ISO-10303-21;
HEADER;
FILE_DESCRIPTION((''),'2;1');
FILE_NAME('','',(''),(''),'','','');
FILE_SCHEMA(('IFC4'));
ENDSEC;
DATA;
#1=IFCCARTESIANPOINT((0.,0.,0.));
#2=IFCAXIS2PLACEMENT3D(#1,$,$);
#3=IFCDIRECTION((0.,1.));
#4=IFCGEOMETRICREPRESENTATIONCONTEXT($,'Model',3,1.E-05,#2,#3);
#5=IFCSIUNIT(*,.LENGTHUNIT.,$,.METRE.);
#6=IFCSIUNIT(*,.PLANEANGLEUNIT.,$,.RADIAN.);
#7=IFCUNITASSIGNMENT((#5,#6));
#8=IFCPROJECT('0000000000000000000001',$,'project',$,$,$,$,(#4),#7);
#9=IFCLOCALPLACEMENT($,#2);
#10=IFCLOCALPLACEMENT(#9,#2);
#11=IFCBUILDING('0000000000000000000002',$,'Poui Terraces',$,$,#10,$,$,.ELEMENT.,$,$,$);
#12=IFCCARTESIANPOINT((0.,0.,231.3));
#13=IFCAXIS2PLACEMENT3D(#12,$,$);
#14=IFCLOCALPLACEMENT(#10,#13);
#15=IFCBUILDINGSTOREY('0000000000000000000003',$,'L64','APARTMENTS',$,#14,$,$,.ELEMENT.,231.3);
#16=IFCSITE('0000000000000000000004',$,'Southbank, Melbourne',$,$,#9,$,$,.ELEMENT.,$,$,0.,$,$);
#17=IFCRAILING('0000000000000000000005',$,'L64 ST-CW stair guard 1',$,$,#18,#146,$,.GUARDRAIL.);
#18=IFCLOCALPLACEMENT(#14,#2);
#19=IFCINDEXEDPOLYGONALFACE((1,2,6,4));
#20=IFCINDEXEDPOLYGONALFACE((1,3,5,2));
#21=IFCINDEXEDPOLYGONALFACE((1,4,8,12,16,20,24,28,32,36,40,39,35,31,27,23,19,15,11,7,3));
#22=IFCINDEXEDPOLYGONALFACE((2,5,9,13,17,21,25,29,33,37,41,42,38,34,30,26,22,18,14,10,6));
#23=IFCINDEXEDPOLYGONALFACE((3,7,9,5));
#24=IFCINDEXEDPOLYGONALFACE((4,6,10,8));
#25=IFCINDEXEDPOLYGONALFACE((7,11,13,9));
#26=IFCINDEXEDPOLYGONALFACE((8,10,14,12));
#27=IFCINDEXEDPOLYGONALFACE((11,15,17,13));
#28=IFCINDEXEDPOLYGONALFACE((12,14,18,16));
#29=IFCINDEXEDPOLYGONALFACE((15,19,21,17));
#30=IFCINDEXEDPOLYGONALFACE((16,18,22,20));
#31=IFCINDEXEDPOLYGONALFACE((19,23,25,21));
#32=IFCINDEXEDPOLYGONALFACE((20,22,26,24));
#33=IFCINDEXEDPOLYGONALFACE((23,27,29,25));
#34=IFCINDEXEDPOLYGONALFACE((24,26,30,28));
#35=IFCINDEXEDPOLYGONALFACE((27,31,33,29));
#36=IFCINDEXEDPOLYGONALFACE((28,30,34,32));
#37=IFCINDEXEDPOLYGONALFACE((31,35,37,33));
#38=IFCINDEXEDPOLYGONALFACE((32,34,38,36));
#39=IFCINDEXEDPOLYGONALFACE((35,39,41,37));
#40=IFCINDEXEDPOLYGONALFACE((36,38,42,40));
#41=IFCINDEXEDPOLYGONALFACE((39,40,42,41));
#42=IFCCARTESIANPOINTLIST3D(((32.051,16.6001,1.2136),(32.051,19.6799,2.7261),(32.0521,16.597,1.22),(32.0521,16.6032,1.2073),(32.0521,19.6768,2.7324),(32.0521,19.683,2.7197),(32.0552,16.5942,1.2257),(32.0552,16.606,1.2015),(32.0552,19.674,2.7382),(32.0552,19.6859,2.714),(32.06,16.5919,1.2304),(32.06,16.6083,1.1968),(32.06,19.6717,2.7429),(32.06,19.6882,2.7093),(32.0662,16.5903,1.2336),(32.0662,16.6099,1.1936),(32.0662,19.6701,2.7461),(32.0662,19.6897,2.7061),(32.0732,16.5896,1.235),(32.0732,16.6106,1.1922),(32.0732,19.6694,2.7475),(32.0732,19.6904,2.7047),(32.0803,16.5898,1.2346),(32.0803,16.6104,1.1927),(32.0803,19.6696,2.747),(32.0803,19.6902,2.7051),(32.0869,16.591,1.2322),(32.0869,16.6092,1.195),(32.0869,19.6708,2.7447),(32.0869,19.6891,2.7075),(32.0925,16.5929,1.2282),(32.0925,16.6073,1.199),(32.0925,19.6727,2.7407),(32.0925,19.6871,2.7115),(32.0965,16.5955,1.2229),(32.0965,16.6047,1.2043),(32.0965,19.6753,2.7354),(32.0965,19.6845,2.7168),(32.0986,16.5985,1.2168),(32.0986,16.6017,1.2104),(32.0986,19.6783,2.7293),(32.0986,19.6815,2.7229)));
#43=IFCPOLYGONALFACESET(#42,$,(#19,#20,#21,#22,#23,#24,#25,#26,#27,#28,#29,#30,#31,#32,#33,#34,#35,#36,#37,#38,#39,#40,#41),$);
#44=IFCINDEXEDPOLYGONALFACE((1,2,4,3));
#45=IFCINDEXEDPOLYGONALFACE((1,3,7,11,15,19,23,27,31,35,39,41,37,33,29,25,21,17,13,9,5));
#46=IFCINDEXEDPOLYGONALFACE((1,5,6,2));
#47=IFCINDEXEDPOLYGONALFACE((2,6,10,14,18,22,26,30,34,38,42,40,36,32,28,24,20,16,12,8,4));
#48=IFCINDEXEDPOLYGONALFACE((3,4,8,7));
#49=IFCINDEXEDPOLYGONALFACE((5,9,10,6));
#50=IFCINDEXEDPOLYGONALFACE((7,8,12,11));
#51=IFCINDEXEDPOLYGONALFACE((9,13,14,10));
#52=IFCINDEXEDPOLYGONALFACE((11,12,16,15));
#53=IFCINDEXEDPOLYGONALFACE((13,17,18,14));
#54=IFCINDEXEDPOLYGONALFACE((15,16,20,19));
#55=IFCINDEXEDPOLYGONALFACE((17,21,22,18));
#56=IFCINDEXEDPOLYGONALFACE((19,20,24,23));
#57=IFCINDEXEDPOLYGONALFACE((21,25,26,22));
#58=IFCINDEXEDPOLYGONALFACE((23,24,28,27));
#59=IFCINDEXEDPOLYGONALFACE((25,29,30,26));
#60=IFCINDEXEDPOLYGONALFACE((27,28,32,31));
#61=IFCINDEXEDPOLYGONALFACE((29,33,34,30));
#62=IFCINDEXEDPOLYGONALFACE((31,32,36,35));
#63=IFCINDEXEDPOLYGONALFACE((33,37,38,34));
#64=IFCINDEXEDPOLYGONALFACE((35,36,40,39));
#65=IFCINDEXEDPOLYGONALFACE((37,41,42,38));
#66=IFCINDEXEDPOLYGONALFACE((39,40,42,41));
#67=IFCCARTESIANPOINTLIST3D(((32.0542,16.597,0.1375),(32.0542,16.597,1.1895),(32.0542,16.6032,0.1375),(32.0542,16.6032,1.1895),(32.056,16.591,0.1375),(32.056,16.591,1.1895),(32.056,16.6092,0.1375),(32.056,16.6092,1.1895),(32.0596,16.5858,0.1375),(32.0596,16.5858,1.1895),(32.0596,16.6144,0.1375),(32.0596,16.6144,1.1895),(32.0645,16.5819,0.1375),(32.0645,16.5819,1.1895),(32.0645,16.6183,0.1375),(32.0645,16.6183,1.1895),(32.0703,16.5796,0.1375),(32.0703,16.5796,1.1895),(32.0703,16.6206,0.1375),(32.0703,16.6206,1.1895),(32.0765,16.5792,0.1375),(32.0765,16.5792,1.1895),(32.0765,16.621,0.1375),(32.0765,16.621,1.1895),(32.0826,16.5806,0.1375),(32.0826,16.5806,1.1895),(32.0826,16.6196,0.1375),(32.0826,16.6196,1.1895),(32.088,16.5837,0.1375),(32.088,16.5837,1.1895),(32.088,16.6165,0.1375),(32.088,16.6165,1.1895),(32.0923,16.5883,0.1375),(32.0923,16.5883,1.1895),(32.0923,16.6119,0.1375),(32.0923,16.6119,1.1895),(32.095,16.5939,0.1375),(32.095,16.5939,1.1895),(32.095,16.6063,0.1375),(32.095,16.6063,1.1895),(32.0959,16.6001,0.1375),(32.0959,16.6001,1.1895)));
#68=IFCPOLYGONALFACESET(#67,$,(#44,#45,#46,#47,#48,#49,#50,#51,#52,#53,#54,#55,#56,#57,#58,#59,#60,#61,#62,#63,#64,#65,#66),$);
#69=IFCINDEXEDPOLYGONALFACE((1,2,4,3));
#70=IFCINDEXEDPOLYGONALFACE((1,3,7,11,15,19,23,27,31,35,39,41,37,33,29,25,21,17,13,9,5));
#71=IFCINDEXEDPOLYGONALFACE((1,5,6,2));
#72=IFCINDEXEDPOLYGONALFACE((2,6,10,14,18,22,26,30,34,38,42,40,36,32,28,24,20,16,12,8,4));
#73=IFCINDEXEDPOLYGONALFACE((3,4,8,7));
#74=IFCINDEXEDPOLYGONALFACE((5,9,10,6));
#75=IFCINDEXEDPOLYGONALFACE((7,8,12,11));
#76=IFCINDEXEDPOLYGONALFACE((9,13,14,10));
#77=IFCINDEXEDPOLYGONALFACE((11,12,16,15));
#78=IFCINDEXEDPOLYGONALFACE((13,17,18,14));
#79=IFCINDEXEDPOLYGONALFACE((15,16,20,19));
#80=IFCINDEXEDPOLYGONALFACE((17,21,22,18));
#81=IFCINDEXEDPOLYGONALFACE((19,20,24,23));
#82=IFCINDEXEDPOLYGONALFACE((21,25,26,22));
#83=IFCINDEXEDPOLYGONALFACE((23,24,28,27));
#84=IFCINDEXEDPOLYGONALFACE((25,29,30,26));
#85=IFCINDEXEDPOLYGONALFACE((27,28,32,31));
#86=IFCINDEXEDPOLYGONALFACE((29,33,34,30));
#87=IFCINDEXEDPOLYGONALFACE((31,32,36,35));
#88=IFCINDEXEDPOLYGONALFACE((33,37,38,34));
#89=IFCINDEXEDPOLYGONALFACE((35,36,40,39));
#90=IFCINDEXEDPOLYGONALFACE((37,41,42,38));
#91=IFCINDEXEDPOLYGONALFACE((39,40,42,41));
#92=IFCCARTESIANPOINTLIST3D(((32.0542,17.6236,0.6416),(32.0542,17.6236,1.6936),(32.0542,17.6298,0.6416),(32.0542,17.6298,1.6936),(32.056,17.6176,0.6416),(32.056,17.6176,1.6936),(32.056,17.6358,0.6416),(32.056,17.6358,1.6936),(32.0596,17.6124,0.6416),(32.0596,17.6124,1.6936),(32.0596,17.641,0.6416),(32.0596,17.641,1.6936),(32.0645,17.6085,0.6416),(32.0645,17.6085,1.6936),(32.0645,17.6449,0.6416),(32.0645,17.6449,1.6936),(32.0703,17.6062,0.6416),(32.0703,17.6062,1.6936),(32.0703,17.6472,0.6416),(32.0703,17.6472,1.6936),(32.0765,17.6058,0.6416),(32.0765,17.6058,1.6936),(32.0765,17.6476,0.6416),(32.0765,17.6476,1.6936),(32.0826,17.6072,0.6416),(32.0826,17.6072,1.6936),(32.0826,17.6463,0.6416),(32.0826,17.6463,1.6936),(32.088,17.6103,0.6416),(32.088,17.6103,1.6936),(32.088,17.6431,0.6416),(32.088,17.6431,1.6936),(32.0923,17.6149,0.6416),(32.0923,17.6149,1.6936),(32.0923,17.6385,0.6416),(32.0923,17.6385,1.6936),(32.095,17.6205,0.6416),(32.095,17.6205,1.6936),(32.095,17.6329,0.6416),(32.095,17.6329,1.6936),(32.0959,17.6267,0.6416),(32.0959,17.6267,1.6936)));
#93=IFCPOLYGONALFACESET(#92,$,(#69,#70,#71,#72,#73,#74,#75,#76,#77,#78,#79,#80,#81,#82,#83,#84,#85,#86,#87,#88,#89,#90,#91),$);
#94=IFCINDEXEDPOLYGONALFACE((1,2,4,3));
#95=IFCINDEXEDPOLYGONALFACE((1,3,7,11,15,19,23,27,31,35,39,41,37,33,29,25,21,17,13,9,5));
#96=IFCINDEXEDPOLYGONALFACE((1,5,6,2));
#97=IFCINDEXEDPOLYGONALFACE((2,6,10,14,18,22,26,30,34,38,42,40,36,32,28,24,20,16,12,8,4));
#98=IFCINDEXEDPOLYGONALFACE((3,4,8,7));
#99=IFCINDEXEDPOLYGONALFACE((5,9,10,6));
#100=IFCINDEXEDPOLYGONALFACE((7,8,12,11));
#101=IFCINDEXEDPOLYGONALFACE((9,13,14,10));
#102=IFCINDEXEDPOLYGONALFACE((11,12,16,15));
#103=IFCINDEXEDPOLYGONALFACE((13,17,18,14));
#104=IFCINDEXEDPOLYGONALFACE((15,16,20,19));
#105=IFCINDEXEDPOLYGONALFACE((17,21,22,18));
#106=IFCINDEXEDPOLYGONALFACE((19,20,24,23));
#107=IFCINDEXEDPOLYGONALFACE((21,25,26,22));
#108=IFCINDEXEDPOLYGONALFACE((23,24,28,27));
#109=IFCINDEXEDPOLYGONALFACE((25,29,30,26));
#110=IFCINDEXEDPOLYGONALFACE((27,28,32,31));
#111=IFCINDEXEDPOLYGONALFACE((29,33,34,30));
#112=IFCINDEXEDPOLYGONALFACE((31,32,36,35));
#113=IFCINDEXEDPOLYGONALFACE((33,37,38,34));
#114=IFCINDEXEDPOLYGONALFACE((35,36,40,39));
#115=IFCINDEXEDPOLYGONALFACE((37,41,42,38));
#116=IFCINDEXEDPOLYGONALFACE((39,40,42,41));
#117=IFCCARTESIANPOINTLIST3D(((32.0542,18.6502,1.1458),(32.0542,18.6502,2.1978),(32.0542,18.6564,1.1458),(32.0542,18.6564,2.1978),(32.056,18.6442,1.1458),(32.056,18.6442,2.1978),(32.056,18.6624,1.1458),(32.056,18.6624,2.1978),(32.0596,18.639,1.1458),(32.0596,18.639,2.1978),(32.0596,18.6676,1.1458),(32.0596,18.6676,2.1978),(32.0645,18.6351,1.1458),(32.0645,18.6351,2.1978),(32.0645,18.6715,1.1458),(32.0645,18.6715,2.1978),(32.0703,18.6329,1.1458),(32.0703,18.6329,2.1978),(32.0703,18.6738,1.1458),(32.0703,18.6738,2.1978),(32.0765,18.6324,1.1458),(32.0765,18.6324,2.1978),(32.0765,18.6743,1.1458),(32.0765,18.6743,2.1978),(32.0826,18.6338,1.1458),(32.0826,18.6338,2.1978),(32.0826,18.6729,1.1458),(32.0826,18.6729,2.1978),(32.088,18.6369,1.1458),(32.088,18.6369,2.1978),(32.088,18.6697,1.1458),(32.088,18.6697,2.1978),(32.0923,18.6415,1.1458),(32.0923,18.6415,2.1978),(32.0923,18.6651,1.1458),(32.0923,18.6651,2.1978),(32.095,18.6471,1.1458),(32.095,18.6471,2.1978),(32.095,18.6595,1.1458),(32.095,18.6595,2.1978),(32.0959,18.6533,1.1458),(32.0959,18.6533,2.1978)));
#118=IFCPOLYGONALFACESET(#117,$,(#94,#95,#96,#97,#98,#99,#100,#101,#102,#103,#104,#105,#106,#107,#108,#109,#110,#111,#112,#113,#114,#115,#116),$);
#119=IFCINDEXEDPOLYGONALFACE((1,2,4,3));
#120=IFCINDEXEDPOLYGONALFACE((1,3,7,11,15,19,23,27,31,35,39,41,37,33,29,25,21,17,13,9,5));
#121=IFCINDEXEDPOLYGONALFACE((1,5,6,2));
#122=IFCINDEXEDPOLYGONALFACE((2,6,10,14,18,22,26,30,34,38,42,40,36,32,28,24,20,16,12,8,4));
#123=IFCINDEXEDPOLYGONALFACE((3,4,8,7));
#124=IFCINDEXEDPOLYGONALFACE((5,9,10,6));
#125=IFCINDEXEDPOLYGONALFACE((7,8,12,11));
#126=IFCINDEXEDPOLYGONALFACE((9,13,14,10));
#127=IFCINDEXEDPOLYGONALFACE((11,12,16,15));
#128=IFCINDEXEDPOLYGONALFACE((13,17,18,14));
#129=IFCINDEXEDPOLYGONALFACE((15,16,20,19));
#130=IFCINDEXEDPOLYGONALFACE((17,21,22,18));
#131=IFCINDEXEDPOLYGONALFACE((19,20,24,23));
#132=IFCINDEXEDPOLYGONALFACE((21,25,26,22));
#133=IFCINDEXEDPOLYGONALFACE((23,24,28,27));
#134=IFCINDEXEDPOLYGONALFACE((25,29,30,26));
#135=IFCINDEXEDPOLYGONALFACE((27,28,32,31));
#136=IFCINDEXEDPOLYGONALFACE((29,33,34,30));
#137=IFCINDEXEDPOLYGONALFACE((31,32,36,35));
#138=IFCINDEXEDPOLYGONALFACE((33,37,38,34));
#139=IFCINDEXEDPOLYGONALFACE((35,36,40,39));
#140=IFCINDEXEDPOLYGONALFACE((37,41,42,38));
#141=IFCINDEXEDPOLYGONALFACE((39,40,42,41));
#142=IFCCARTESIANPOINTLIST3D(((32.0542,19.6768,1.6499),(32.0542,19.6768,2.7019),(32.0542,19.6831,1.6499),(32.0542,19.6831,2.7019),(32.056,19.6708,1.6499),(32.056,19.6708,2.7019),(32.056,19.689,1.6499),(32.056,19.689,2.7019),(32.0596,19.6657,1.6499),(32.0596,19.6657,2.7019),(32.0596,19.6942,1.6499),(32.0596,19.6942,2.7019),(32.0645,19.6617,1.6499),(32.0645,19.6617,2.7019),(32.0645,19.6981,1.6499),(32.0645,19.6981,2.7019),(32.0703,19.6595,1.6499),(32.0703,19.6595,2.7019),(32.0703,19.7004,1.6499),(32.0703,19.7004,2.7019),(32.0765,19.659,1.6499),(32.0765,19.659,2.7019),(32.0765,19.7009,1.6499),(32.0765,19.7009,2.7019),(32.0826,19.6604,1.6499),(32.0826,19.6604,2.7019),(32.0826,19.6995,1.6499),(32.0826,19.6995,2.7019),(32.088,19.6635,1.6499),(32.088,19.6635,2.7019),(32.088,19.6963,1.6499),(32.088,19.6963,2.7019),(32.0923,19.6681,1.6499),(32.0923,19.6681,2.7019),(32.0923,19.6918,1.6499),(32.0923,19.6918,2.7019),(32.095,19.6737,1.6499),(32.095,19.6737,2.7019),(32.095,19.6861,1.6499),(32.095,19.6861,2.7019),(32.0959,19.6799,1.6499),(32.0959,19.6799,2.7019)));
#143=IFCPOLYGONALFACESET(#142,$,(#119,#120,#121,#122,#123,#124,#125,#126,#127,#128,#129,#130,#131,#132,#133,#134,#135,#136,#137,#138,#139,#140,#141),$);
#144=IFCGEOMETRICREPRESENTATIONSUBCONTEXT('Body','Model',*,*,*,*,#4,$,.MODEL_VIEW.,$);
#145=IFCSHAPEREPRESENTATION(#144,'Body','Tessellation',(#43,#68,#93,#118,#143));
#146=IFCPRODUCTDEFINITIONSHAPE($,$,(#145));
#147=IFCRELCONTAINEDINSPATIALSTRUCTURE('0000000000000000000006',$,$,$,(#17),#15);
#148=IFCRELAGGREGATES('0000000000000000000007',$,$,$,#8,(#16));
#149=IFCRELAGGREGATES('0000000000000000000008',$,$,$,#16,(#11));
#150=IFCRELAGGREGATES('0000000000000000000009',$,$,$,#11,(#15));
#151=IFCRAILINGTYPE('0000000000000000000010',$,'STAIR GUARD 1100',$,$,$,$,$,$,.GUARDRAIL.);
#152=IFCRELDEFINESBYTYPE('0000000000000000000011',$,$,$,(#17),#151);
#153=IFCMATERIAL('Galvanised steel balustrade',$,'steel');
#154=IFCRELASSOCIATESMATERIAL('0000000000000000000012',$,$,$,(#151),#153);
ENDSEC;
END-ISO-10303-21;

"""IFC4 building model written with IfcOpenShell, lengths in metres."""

from ifc_helpers import new_model, si_unit, direction, frame, origin, origin_2d, place, context, subcontext, project, spatial, circle, extrude, material, type_object, element, save


model = new_model("IFC4")

# Units and contexts
model_context = context("Model", 3, precision=1e-05, world=origin(), true_north=direction((0.0, 1.0)))
body_context = subcontext(model_context, "Body", "Model", "MODEL_VIEW")
ifc_project = project(units=[si_unit("LENGTHUNIT", "METRE"), si_unit("PLANEANGLEUNIT", "RADIAN")], contexts=[model_context])

# Site, building, storey
site_placement = place(None, origin())
site = spatial("IfcSite", under=ifc_project, at=site_placement, Name="Southbank, Melbourne", CompositionType="ELEMENT", RefElevation=0.0)
building_placement = place(site_placement, origin())
building = spatial("IfcBuilding", under=site, at=building_placement, Name="Poui Terraces", CompositionType="ELEMENT")
storey_placement = place(building_placement, frame((0.0, 0.0, 231.3)))
storey = spatial("IfcBuildingStorey", under=building, at=storey_placement, Name="L64", Description="APARTMENTS", CompositionType="ELEMENT", Elevation=231.3)

# Railing
ifc_material_1 = material(Name="Galvanised steel balustrade", Category="steel")
railing_type_1 = type_object("IfcRailingType", Name="STAIR GUARD 1100", PredefinedType="GUARDRAIL", material=ifc_material_1)
railing_1_placement = place(storey_placement, frame((32.075, 16.6001, 0.1375)))
element("IfcRailing", 1, at=railing_1_placement, inside=storey, type_object=railing_type_1, Name="L64 ST-CW stair guard 1", PredefinedType="GUARDRAIL", context=body_context, shape_type="SweptSolid", body=[
    extrude(circle(Radius=0.0239, at=origin_2d()), frame((0.0, 0.0, 1.0762), z_axis=(0.0, 0.897606, 0.440798), x_axis=(-1.0, 0.0, 0.0)), (0.0, 0.0, 1.0), 3.4312),
    extrude(circle(Radius=0.021, at=origin_2d()), origin(), (0.0, 0.0, 1.0), 1.052),
    extrude(circle(Radius=0.021, at=origin_2d()), frame((0.0, 1.0266, 0.5042)), (0.0, 0.0, 1.0), 1.052),
    extrude(circle(Radius=0.021, at=origin_2d()), frame((0.0, 2.0532, 1.0083)), (0.0, 0.0, 1.0), 1.052),
    extrude(circle(Radius=0.021, at=origin_2d()), frame((0.0, 3.0798, 1.5125)), (0.0, 0.0, 1.0), 1.052),
])

save(model, "model.ifc")
